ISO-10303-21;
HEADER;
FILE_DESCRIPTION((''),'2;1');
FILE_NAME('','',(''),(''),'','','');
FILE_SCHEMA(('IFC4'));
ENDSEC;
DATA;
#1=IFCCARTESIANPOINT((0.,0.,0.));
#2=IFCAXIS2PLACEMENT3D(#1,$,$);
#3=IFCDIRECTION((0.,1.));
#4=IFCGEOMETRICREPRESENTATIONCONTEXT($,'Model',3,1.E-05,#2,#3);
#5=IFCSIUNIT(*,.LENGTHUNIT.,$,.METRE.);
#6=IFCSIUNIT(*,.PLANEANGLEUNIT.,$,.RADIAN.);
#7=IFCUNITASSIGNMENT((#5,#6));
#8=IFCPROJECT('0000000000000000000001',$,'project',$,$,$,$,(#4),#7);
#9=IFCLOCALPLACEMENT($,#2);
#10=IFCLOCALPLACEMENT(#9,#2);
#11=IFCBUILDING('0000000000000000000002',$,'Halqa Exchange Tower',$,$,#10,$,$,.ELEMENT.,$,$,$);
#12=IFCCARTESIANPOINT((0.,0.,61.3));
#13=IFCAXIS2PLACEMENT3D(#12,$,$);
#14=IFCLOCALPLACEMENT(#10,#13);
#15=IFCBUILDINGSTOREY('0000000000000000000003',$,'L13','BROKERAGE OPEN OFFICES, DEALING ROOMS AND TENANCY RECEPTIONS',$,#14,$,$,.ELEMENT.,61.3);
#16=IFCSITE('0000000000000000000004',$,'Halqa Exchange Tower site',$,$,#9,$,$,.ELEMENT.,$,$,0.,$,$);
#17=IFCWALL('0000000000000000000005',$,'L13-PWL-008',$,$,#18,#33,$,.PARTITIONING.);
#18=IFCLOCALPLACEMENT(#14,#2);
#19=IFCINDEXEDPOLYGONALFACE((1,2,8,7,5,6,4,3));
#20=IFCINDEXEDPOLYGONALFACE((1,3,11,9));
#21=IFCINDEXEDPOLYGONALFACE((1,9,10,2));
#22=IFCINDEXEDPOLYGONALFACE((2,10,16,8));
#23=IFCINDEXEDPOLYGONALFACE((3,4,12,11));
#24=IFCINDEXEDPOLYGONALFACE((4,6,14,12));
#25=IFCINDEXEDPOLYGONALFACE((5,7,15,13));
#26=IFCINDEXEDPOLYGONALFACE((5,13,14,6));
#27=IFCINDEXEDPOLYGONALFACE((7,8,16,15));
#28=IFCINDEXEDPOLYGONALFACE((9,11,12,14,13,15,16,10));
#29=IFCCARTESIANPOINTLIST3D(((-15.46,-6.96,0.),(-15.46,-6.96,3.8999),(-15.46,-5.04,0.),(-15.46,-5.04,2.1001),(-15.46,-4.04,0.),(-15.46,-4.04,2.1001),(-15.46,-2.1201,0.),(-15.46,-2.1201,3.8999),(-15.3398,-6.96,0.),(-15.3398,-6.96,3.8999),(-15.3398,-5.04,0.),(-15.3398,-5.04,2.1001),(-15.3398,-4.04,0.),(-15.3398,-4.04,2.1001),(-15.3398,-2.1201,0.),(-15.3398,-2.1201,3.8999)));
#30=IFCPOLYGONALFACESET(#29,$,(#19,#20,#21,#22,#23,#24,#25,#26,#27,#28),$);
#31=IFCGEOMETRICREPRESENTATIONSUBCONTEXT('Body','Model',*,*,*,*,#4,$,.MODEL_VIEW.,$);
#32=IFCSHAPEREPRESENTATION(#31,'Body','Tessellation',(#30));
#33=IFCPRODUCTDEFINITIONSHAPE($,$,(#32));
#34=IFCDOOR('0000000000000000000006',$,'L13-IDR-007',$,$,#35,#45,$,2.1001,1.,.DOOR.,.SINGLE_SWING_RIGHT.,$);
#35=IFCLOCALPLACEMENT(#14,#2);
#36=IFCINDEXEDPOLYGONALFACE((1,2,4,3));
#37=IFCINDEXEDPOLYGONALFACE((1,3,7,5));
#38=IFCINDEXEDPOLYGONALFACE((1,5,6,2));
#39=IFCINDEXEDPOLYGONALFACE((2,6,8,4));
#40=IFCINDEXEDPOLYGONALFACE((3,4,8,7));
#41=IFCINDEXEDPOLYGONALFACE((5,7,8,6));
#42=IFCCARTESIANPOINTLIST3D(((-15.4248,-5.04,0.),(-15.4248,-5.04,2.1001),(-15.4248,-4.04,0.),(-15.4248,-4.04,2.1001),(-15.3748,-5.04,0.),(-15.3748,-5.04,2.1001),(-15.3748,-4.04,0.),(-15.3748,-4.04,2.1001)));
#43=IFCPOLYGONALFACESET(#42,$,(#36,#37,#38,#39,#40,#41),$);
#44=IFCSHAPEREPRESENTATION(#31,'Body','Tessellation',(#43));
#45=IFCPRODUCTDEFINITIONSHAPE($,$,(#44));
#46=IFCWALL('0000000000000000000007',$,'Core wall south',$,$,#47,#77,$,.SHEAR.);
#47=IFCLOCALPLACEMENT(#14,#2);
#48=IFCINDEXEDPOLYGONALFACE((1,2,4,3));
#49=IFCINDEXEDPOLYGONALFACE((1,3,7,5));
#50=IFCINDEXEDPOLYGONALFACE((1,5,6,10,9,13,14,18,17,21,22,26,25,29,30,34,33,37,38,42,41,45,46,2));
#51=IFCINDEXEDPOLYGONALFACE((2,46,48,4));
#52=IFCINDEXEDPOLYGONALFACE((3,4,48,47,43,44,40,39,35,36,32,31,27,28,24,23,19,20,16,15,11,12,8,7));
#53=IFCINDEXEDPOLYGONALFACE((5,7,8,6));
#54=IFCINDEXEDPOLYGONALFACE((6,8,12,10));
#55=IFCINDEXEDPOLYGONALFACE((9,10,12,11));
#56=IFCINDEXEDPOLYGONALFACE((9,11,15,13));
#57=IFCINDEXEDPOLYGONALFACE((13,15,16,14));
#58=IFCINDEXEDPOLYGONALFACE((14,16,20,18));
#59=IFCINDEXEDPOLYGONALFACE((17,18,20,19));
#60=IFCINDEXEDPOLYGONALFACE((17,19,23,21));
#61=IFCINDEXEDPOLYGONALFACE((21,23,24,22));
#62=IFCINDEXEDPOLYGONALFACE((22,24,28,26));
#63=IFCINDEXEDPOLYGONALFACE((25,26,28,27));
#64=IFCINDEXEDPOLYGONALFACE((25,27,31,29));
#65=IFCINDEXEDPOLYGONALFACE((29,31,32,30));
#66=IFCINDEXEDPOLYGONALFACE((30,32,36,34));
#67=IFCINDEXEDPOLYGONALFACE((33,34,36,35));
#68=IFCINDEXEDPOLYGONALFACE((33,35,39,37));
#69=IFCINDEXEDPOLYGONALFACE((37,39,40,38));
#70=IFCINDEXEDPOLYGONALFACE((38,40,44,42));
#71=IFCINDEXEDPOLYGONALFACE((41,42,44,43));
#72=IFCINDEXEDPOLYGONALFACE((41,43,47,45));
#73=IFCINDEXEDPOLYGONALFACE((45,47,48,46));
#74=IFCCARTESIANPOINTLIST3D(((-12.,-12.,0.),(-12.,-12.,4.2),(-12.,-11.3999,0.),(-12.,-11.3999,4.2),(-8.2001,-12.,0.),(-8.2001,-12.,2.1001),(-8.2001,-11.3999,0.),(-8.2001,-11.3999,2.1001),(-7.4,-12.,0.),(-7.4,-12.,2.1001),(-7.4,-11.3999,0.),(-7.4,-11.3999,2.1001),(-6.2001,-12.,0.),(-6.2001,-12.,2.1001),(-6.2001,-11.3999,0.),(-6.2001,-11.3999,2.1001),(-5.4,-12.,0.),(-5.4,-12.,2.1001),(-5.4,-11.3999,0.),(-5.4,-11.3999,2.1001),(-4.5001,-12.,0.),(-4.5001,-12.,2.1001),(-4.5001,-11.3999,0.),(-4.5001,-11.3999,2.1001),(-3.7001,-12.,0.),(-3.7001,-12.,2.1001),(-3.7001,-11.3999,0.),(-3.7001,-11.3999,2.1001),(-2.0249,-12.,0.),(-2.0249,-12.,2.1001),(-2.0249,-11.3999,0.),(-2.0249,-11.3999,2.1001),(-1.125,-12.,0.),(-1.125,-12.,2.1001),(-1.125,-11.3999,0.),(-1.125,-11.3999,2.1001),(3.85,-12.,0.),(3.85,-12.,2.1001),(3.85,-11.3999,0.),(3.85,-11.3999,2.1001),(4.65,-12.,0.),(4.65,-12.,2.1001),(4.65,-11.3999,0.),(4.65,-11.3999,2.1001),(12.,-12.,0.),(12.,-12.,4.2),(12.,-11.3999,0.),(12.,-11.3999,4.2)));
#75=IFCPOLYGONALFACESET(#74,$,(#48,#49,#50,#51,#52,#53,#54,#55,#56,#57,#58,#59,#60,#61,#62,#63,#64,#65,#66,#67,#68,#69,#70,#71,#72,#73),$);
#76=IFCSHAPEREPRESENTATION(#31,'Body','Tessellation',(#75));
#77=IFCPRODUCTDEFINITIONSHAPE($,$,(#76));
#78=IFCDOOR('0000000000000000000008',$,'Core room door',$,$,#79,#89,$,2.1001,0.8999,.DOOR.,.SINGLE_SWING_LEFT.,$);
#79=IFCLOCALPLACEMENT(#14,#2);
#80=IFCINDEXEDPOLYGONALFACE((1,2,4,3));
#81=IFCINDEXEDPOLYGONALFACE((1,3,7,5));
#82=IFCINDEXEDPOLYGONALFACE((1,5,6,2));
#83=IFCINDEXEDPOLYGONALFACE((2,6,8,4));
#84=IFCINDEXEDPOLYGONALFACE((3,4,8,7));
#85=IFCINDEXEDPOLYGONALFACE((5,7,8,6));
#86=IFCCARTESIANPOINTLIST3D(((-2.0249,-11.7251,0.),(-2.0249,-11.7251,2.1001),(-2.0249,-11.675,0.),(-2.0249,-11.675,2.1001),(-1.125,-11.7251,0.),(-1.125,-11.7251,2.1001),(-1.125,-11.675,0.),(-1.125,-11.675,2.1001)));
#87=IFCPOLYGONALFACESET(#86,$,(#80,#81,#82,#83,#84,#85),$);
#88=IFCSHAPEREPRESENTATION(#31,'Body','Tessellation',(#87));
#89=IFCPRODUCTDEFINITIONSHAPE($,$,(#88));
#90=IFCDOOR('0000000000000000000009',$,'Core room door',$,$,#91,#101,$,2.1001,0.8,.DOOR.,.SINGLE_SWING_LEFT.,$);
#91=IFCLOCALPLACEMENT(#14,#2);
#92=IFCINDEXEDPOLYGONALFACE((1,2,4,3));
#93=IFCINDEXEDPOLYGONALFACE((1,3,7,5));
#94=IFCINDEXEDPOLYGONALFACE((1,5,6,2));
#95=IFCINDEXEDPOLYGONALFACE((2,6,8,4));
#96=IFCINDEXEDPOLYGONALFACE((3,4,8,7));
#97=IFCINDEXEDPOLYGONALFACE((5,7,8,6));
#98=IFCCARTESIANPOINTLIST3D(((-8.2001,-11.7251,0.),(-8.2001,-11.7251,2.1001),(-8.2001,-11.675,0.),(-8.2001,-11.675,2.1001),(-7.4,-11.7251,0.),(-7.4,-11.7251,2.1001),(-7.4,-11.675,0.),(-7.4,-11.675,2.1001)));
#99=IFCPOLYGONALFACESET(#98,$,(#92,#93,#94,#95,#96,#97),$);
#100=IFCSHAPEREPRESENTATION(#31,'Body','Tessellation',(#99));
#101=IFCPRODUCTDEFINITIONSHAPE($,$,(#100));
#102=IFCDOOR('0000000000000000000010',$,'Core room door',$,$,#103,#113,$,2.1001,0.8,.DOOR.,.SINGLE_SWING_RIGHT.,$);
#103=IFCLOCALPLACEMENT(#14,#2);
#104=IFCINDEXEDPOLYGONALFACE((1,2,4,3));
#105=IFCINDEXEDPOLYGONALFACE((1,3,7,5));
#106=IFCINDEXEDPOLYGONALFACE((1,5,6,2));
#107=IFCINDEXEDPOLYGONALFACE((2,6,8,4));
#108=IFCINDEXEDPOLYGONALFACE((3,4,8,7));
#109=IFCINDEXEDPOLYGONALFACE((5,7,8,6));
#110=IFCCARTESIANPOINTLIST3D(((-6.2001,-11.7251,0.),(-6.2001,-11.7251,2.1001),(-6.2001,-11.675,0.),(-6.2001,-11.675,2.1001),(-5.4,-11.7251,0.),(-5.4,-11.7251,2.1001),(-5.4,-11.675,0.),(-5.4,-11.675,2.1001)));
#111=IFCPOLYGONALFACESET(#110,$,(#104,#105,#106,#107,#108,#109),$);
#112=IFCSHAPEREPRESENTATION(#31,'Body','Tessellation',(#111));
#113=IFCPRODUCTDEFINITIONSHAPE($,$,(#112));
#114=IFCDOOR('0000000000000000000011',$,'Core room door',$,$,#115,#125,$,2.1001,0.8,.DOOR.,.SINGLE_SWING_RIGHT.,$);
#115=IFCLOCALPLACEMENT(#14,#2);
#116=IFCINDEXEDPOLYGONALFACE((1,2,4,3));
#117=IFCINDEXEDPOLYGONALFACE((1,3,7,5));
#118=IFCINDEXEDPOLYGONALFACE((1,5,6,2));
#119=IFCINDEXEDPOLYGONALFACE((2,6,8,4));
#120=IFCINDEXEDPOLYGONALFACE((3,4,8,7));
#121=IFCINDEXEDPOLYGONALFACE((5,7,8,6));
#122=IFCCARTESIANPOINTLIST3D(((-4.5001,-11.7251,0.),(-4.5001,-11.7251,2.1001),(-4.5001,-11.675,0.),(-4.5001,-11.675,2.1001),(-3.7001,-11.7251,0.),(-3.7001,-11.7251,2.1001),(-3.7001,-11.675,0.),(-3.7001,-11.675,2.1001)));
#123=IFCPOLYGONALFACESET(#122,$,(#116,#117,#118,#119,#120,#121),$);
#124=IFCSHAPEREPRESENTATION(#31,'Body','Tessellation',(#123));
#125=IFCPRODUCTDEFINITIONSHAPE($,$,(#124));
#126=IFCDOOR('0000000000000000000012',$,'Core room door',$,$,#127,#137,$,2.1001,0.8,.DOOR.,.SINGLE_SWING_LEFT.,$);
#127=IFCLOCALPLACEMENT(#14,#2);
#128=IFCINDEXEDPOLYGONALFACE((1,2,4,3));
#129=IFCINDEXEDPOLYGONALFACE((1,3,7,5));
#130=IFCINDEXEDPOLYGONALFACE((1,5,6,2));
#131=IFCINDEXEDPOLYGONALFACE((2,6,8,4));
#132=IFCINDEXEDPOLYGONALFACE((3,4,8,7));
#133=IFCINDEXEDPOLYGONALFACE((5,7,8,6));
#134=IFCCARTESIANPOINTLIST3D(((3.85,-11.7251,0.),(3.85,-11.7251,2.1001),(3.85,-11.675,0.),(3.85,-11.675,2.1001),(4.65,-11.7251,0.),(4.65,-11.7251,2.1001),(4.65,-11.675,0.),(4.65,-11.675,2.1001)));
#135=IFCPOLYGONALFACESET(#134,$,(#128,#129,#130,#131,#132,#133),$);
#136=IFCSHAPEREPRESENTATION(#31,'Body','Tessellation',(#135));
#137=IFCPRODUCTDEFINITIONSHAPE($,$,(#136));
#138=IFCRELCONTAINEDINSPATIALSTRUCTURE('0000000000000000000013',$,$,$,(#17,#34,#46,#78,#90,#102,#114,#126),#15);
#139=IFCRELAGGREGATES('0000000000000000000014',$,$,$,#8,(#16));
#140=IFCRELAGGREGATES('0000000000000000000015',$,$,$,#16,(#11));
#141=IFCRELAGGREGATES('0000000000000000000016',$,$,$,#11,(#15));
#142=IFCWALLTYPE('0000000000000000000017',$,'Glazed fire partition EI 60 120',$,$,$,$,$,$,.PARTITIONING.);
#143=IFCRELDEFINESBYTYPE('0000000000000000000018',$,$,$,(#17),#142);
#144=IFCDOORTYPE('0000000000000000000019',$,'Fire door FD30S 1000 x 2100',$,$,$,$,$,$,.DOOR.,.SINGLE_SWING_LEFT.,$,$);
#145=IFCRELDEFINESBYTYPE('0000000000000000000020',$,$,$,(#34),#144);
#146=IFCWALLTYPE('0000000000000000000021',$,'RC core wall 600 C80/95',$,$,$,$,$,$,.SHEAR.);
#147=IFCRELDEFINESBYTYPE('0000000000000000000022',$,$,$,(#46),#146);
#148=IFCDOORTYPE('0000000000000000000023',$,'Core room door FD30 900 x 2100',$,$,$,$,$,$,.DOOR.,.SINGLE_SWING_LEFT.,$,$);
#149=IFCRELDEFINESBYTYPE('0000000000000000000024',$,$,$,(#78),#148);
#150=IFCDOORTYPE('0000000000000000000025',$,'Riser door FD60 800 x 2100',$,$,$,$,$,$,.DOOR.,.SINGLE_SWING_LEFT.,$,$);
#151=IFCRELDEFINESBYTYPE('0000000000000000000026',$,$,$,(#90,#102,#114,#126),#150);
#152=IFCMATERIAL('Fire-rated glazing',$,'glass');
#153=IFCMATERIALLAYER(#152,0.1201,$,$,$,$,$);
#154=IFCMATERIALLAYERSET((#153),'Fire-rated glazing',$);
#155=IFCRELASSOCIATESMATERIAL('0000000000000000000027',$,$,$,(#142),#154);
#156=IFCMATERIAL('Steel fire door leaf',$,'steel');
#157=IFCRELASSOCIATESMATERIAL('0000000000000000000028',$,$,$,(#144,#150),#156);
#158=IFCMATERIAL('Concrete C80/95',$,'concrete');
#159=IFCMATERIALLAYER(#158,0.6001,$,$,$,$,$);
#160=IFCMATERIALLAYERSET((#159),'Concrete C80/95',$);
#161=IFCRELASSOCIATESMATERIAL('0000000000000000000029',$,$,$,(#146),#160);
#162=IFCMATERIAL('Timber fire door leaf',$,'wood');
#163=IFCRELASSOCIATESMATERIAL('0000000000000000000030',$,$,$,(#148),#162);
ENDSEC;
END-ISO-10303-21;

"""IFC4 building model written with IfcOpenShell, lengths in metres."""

from ifc_helpers import new_model, si_unit, direction, frame, frame_2d, origin, place, context, subcontext, project, spatial, rectangle, extrude, material, layer, layer_set, type_object, element, fill, save


model = new_model("IFC4")

# Units and contexts
model_context = context("Model", 3, precision=1e-05, world=origin(), true_north=direction((0.0, 1.0)))
body_context = subcontext(model_context, "Body", "Model", "MODEL_VIEW")
ifc_project = project(units=[si_unit("LENGTHUNIT", "METRE"), si_unit("PLANEANGLEUNIT", "RADIAN")], contexts=[model_context])

# Site, building, storey
site_placement = place(None, origin())
site = spatial("IfcSite", under=ifc_project, at=site_placement, Name="Halqa Exchange Tower site", CompositionType="ELEMENT", RefElevation=0.0)
building_placement = place(site_placement, origin())
building = spatial("IfcBuilding", under=site, at=building_placement, Name="Halqa Exchange Tower", CompositionType="ELEMENT")
storey_placement = place(building_placement, frame((0.0, 0.0, 61.3)))
storey = spatial("IfcBuildingStorey", under=building, at=storey_placement, Name="L13", Description="BROKERAGE OPEN OFFICES, DEALING ROOMS AND TENANCY RECEPTIONS", CompositionType="ELEMENT", Elevation=61.3)

# Shared definitions
ifc_material_1 = material(Name="Concrete C80/95", Category="concrete")

# Wall, opening, door
ifc_material_2 = material(Name="Fire-rated glazing", Category="glass")
ifc_layer_1 = layer(ifc_material_2, 0.1201)
ifc_layer_set_1 = layer_set([ifc_layer_1], Name="Fire-rated glazing")
wall_type_1 = type_object("IfcWallType", Name="Glazed fire partition EI 60 120", PredefinedType="PARTITIONING", material=ifc_layer_set_1)
wall_1_placement = place(storey_placement, frame((-15.3999, -6.96, 0.0), z_axis=(0.0, 0.0, 1.0), x_axis=(0.0, 1.0, 0.0)))
wall_1 = element("IfcWall", 1, at=wall_1_placement, inside=storey, type_object=wall_type_1, Name="L13-PWL-008", PredefinedType="PARTITIONING", context=body_context, shape_type="SweptSolid", body=[
    extrude(rectangle(XDim=4.8398, YDim=0.1201, at=frame_2d((2.4199, 0.0))), origin(), (0.0, 0.0, 1.0), 3.8999),
])
opening_1_placement = place(wall_1_placement, frame((1.9199, 0.0, 0.0)))
opening_1 = element("IfcOpeningElement", 2, at=opening_1_placement, cuts=wall_1, PredefinedType="OPENING", context=body_context, shape_type="SweptSolid", body=[
    extrude(rectangle(XDim=1.0, YDim=2.1001, at=frame_2d((0.5, 1.05))), frame((0.0, 0.072, 0.0), z_axis=(0.0, -1.0, 0.0), x_axis=(1.0, 0.0, 0.0)), (0.0, 0.0, 1.0), 0.144),
])
ifc_material_3 = material(Name="Steel fire door leaf", Category="steel")
door_type_1 = type_object("IfcDoorType", Name="Fire door FD30S 1000 x 2100", OperationType="SINGLE_SWING_LEFT", PredefinedType="DOOR", material=ifc_material_3)
door_1_placement = place(opening_1_placement, origin())
door_1 = element("IfcDoor", 3, at=door_1_placement, inside=storey, type_object=door_type_1, Name="L13-IDR-007", OperationType="SINGLE_SWING_RIGHT", OverallHeight=2.1001, OverallWidth=1.0, PredefinedType="DOOR", context=body_context, shape_type="SweptSolid", body=[
    extrude(rectangle(XDim=1.0, YDim=2.1001, at=frame_2d((0.5, 1.05))), frame((0.0, 0.0249, 0.0), z_axis=(0.0, -1.0, 0.0), x_axis=(1.0, 0.0, 0.0)), (0.0, 0.0, 1.0), 0.05),
])
fill(opening_1, door_1)

# Wall, openings, doors
ifc_layer_2 = layer(ifc_material_1, 0.6001)
ifc_layer_set_2 = layer_set([ifc_layer_2], Name="Concrete C80/95")
wall_type_2 = type_object("IfcWallType", Name="RC core wall 600 C80/95", PredefinedType="SHEAR", material=ifc_layer_set_2)
wall_2_placement = place(storey_placement, frame((-12.0, -11.7, 0.0), z_axis=(0.0, 0.0, 1.0), x_axis=(1.0, 0.0, 0.0)))
wall_2 = element("IfcWall", 4, at=wall_2_placement, inside=storey, type_object=wall_type_2, Name="Core wall south", PredefinedType="SHEAR", context=body_context, shape_type="SweptSolid", body=[
    extrude(rectangle(XDim=24.0, YDim=0.6001, at=frame_2d((12.0, 0.0))), origin(), (0.0, 0.0, 1.0), 4.2),
])
opening_2_placement = place(wall_2_placement, frame((9.9751, 0.0, 0.0)))
opening_2 = element("IfcOpeningElement", 5, at=opening_2_placement, cuts=wall_2, PredefinedType="OPENING", context=body_context, shape_type="SweptSolid", body=[
    extrude(rectangle(XDim=0.8999, YDim=2.1001, at=frame_2d((0.45, 1.05))), frame((0.0, 0.312, 0.0), z_axis=(0.0, -1.0, 0.0), x_axis=(1.0, 0.0, 0.0)), (0.0, 0.0, 1.0), 0.624),
])
opening_3_placement = place(wall_2_placement, frame((3.8, 0.0, 0.0)))
opening_3 = element("IfcOpeningElement", 6, at=opening_3_placement, cuts=wall_2, PredefinedType="OPENING", context=body_context, shape_type="SweptSolid", body=[
    extrude(rectangle(XDim=0.8, YDim=2.1001, at=frame_2d((0.3999, 1.05))), frame((0.0, 0.312, 0.0), z_axis=(0.0, -1.0, 0.0), x_axis=(1.0, 0.0, 0.0)), (0.0, 0.0, 1.0), 0.624),
])
opening_4_placement = place(wall_2_placement, frame((5.8, 0.0, 0.0)))
opening_4 = element("IfcOpeningElement", 7, at=opening_4_placement, cuts=wall_2, PredefinedType="OPENING", context=body_context, shape_type="SweptSolid", body=[
    extrude(rectangle(XDim=0.8, YDim=2.1001, at=frame_2d((0.3999, 1.05))), frame((0.0, 0.312, 0.0), z_axis=(0.0, -1.0, 0.0), x_axis=(1.0, 0.0, 0.0)), (0.0, 0.0, 1.0), 0.624),
])
opening_5_placement = place(wall_2_placement, frame((7.5, 0.0, 0.0)))
opening_5 = element("IfcOpeningElement", 8, at=opening_5_placement, cuts=wall_2, PredefinedType="OPENING", context=body_context, shape_type="SweptSolid", body=[
    extrude(rectangle(XDim=0.8, YDim=2.1001, at=frame_2d((0.3999, 1.05))), frame((0.0, 0.312, 0.0), z_axis=(0.0, -1.0, 0.0), x_axis=(1.0, 0.0, 0.0)), (0.0, 0.0, 1.0), 0.624),
])
opening_6_placement = place(wall_2_placement, frame((15.8501, 0.0, 0.0)))
opening_6 = element("IfcOpeningElement", 9, at=opening_6_placement, cuts=wall_2, PredefinedType="OPENING", context=body_context, shape_type="SweptSolid", body=[
    extrude(rectangle(XDim=0.8, YDim=2.1001, at=frame_2d((0.3999, 1.05))), frame((0.0, 0.312, 0.0), z_axis=(0.0, -1.0, 0.0), x_axis=(1.0, 0.0, 0.0)), (0.0, 0.0, 1.0), 0.624),
])
ifc_material_4 = material(Name="Timber fire door leaf", Category="wood")
door_type_2 = type_object("IfcDoorType", Name="Core room door FD30 900 x 2100", OperationType="SINGLE_SWING_LEFT", PredefinedType="DOOR", material=ifc_material_4)
door_2_placement = place(opening_2_placement, origin())
door_2 = element("IfcDoor", 10, at=door_2_placement, inside=storey, type_object=door_type_2, Name="Core room door", OperationType="SINGLE_SWING_LEFT", OverallHeight=2.1001, OverallWidth=0.8999, PredefinedType="DOOR", context=body_context, shape_type="SweptSolid", body=[
    extrude(rectangle(XDim=0.8999, YDim=2.1001, at=frame_2d((0.45, 1.05))), frame((0.0, 0.0249, 0.0), z_axis=(0.0, -1.0, 0.0), x_axis=(1.0, 0.0, 0.0)), (0.0, 0.0, 1.0), 0.05),
])
fill(opening_2, door_2)
door_type_3 = type_object("IfcDoorType", Name="Riser door FD60 800 x 2100", OperationType="SINGLE_SWING_LEFT", PredefinedType="DOOR", material=ifc_material_3)
door_3_placement = place(opening_3_placement, origin())
door_3 = element("IfcDoor", 11, at=door_3_placement, inside=storey, type_object=door_type_3, Name="Core room door", OperationType="SINGLE_SWING_LEFT", OverallHeight=2.1001, OverallWidth=0.8, PredefinedType="DOOR", context=body_context, shape_type="SweptSolid", body=[
    extrude(rectangle(XDim=0.8, YDim=2.1001, at=frame_2d((0.3999, 1.05))), frame((0.0, 0.0249, 0.0), z_axis=(0.0, -1.0, 0.0), x_axis=(1.0, 0.0, 0.0)), (0.0, 0.0, 1.0), 0.05),
])
fill(opening_3, door_3)
door_4_placement = place(opening_4_placement, origin())
door_4 = element("IfcDoor", 12, at=door_4_placement, inside=storey, type_object=door_type_3, Name="Core room door", OperationType="SINGLE_SWING_RIGHT", OverallHeight=2.1001, OverallWidth=0.8, PredefinedType="DOOR", context=body_context, shape_type="SweptSolid", body=[
    extrude(rectangle(XDim=0.8, YDim=2.1001, at=frame_2d((0.3999, 1.05))), frame((0.0, 0.0249, 0.0), z_axis=(0.0, -1.0, 0.0), x_axis=(1.0, 0.0, 0.0)), (0.0, 0.0, 1.0), 0.05),
])
fill(opening_4, door_4)
door_5_placement = place(opening_5_placement, origin())
door_5 = element("IfcDoor", 13, at=door_5_placement, inside=storey, type_object=door_type_3, Name="Core room door", OperationType="SINGLE_SWING_RIGHT", OverallHeight=2.1001, OverallWidth=0.8, PredefinedType="DOOR", context=body_context, shape_type="SweptSolid", body=[
    extrude(rectangle(XDim=0.8, YDim=2.1001, at=frame_2d((0.3999, 1.05))), frame((0.0, 0.0249, 0.0), z_axis=(0.0, -1.0, 0.0), x_axis=(1.0, 0.0, 0.0)), (0.0, 0.0, 1.0), 0.05),
])
fill(opening_5, door_5)
door_6_placement = place(opening_6_placement, origin())
door_6 = element("IfcDoor", 14, at=door_6_placement, inside=storey, type_object=door_type_3, Name="Core room door", OperationType="SINGLE_SWING_LEFT", OverallHeight=2.1001, OverallWidth=0.8, PredefinedType="DOOR", context=body_context, shape_type="SweptSolid", body=[
    extrude(rectangle(XDim=0.8, YDim=2.1001, at=frame_2d((0.3999, 1.05))), frame((0.0, 0.0249, 0.0), z_axis=(0.0, -1.0, 0.0), x_axis=(1.0, 0.0, 0.0)), (0.0, 0.0, 1.0), 0.05),
])
fill(opening_6, door_6)

save(model, "model.ifc")
